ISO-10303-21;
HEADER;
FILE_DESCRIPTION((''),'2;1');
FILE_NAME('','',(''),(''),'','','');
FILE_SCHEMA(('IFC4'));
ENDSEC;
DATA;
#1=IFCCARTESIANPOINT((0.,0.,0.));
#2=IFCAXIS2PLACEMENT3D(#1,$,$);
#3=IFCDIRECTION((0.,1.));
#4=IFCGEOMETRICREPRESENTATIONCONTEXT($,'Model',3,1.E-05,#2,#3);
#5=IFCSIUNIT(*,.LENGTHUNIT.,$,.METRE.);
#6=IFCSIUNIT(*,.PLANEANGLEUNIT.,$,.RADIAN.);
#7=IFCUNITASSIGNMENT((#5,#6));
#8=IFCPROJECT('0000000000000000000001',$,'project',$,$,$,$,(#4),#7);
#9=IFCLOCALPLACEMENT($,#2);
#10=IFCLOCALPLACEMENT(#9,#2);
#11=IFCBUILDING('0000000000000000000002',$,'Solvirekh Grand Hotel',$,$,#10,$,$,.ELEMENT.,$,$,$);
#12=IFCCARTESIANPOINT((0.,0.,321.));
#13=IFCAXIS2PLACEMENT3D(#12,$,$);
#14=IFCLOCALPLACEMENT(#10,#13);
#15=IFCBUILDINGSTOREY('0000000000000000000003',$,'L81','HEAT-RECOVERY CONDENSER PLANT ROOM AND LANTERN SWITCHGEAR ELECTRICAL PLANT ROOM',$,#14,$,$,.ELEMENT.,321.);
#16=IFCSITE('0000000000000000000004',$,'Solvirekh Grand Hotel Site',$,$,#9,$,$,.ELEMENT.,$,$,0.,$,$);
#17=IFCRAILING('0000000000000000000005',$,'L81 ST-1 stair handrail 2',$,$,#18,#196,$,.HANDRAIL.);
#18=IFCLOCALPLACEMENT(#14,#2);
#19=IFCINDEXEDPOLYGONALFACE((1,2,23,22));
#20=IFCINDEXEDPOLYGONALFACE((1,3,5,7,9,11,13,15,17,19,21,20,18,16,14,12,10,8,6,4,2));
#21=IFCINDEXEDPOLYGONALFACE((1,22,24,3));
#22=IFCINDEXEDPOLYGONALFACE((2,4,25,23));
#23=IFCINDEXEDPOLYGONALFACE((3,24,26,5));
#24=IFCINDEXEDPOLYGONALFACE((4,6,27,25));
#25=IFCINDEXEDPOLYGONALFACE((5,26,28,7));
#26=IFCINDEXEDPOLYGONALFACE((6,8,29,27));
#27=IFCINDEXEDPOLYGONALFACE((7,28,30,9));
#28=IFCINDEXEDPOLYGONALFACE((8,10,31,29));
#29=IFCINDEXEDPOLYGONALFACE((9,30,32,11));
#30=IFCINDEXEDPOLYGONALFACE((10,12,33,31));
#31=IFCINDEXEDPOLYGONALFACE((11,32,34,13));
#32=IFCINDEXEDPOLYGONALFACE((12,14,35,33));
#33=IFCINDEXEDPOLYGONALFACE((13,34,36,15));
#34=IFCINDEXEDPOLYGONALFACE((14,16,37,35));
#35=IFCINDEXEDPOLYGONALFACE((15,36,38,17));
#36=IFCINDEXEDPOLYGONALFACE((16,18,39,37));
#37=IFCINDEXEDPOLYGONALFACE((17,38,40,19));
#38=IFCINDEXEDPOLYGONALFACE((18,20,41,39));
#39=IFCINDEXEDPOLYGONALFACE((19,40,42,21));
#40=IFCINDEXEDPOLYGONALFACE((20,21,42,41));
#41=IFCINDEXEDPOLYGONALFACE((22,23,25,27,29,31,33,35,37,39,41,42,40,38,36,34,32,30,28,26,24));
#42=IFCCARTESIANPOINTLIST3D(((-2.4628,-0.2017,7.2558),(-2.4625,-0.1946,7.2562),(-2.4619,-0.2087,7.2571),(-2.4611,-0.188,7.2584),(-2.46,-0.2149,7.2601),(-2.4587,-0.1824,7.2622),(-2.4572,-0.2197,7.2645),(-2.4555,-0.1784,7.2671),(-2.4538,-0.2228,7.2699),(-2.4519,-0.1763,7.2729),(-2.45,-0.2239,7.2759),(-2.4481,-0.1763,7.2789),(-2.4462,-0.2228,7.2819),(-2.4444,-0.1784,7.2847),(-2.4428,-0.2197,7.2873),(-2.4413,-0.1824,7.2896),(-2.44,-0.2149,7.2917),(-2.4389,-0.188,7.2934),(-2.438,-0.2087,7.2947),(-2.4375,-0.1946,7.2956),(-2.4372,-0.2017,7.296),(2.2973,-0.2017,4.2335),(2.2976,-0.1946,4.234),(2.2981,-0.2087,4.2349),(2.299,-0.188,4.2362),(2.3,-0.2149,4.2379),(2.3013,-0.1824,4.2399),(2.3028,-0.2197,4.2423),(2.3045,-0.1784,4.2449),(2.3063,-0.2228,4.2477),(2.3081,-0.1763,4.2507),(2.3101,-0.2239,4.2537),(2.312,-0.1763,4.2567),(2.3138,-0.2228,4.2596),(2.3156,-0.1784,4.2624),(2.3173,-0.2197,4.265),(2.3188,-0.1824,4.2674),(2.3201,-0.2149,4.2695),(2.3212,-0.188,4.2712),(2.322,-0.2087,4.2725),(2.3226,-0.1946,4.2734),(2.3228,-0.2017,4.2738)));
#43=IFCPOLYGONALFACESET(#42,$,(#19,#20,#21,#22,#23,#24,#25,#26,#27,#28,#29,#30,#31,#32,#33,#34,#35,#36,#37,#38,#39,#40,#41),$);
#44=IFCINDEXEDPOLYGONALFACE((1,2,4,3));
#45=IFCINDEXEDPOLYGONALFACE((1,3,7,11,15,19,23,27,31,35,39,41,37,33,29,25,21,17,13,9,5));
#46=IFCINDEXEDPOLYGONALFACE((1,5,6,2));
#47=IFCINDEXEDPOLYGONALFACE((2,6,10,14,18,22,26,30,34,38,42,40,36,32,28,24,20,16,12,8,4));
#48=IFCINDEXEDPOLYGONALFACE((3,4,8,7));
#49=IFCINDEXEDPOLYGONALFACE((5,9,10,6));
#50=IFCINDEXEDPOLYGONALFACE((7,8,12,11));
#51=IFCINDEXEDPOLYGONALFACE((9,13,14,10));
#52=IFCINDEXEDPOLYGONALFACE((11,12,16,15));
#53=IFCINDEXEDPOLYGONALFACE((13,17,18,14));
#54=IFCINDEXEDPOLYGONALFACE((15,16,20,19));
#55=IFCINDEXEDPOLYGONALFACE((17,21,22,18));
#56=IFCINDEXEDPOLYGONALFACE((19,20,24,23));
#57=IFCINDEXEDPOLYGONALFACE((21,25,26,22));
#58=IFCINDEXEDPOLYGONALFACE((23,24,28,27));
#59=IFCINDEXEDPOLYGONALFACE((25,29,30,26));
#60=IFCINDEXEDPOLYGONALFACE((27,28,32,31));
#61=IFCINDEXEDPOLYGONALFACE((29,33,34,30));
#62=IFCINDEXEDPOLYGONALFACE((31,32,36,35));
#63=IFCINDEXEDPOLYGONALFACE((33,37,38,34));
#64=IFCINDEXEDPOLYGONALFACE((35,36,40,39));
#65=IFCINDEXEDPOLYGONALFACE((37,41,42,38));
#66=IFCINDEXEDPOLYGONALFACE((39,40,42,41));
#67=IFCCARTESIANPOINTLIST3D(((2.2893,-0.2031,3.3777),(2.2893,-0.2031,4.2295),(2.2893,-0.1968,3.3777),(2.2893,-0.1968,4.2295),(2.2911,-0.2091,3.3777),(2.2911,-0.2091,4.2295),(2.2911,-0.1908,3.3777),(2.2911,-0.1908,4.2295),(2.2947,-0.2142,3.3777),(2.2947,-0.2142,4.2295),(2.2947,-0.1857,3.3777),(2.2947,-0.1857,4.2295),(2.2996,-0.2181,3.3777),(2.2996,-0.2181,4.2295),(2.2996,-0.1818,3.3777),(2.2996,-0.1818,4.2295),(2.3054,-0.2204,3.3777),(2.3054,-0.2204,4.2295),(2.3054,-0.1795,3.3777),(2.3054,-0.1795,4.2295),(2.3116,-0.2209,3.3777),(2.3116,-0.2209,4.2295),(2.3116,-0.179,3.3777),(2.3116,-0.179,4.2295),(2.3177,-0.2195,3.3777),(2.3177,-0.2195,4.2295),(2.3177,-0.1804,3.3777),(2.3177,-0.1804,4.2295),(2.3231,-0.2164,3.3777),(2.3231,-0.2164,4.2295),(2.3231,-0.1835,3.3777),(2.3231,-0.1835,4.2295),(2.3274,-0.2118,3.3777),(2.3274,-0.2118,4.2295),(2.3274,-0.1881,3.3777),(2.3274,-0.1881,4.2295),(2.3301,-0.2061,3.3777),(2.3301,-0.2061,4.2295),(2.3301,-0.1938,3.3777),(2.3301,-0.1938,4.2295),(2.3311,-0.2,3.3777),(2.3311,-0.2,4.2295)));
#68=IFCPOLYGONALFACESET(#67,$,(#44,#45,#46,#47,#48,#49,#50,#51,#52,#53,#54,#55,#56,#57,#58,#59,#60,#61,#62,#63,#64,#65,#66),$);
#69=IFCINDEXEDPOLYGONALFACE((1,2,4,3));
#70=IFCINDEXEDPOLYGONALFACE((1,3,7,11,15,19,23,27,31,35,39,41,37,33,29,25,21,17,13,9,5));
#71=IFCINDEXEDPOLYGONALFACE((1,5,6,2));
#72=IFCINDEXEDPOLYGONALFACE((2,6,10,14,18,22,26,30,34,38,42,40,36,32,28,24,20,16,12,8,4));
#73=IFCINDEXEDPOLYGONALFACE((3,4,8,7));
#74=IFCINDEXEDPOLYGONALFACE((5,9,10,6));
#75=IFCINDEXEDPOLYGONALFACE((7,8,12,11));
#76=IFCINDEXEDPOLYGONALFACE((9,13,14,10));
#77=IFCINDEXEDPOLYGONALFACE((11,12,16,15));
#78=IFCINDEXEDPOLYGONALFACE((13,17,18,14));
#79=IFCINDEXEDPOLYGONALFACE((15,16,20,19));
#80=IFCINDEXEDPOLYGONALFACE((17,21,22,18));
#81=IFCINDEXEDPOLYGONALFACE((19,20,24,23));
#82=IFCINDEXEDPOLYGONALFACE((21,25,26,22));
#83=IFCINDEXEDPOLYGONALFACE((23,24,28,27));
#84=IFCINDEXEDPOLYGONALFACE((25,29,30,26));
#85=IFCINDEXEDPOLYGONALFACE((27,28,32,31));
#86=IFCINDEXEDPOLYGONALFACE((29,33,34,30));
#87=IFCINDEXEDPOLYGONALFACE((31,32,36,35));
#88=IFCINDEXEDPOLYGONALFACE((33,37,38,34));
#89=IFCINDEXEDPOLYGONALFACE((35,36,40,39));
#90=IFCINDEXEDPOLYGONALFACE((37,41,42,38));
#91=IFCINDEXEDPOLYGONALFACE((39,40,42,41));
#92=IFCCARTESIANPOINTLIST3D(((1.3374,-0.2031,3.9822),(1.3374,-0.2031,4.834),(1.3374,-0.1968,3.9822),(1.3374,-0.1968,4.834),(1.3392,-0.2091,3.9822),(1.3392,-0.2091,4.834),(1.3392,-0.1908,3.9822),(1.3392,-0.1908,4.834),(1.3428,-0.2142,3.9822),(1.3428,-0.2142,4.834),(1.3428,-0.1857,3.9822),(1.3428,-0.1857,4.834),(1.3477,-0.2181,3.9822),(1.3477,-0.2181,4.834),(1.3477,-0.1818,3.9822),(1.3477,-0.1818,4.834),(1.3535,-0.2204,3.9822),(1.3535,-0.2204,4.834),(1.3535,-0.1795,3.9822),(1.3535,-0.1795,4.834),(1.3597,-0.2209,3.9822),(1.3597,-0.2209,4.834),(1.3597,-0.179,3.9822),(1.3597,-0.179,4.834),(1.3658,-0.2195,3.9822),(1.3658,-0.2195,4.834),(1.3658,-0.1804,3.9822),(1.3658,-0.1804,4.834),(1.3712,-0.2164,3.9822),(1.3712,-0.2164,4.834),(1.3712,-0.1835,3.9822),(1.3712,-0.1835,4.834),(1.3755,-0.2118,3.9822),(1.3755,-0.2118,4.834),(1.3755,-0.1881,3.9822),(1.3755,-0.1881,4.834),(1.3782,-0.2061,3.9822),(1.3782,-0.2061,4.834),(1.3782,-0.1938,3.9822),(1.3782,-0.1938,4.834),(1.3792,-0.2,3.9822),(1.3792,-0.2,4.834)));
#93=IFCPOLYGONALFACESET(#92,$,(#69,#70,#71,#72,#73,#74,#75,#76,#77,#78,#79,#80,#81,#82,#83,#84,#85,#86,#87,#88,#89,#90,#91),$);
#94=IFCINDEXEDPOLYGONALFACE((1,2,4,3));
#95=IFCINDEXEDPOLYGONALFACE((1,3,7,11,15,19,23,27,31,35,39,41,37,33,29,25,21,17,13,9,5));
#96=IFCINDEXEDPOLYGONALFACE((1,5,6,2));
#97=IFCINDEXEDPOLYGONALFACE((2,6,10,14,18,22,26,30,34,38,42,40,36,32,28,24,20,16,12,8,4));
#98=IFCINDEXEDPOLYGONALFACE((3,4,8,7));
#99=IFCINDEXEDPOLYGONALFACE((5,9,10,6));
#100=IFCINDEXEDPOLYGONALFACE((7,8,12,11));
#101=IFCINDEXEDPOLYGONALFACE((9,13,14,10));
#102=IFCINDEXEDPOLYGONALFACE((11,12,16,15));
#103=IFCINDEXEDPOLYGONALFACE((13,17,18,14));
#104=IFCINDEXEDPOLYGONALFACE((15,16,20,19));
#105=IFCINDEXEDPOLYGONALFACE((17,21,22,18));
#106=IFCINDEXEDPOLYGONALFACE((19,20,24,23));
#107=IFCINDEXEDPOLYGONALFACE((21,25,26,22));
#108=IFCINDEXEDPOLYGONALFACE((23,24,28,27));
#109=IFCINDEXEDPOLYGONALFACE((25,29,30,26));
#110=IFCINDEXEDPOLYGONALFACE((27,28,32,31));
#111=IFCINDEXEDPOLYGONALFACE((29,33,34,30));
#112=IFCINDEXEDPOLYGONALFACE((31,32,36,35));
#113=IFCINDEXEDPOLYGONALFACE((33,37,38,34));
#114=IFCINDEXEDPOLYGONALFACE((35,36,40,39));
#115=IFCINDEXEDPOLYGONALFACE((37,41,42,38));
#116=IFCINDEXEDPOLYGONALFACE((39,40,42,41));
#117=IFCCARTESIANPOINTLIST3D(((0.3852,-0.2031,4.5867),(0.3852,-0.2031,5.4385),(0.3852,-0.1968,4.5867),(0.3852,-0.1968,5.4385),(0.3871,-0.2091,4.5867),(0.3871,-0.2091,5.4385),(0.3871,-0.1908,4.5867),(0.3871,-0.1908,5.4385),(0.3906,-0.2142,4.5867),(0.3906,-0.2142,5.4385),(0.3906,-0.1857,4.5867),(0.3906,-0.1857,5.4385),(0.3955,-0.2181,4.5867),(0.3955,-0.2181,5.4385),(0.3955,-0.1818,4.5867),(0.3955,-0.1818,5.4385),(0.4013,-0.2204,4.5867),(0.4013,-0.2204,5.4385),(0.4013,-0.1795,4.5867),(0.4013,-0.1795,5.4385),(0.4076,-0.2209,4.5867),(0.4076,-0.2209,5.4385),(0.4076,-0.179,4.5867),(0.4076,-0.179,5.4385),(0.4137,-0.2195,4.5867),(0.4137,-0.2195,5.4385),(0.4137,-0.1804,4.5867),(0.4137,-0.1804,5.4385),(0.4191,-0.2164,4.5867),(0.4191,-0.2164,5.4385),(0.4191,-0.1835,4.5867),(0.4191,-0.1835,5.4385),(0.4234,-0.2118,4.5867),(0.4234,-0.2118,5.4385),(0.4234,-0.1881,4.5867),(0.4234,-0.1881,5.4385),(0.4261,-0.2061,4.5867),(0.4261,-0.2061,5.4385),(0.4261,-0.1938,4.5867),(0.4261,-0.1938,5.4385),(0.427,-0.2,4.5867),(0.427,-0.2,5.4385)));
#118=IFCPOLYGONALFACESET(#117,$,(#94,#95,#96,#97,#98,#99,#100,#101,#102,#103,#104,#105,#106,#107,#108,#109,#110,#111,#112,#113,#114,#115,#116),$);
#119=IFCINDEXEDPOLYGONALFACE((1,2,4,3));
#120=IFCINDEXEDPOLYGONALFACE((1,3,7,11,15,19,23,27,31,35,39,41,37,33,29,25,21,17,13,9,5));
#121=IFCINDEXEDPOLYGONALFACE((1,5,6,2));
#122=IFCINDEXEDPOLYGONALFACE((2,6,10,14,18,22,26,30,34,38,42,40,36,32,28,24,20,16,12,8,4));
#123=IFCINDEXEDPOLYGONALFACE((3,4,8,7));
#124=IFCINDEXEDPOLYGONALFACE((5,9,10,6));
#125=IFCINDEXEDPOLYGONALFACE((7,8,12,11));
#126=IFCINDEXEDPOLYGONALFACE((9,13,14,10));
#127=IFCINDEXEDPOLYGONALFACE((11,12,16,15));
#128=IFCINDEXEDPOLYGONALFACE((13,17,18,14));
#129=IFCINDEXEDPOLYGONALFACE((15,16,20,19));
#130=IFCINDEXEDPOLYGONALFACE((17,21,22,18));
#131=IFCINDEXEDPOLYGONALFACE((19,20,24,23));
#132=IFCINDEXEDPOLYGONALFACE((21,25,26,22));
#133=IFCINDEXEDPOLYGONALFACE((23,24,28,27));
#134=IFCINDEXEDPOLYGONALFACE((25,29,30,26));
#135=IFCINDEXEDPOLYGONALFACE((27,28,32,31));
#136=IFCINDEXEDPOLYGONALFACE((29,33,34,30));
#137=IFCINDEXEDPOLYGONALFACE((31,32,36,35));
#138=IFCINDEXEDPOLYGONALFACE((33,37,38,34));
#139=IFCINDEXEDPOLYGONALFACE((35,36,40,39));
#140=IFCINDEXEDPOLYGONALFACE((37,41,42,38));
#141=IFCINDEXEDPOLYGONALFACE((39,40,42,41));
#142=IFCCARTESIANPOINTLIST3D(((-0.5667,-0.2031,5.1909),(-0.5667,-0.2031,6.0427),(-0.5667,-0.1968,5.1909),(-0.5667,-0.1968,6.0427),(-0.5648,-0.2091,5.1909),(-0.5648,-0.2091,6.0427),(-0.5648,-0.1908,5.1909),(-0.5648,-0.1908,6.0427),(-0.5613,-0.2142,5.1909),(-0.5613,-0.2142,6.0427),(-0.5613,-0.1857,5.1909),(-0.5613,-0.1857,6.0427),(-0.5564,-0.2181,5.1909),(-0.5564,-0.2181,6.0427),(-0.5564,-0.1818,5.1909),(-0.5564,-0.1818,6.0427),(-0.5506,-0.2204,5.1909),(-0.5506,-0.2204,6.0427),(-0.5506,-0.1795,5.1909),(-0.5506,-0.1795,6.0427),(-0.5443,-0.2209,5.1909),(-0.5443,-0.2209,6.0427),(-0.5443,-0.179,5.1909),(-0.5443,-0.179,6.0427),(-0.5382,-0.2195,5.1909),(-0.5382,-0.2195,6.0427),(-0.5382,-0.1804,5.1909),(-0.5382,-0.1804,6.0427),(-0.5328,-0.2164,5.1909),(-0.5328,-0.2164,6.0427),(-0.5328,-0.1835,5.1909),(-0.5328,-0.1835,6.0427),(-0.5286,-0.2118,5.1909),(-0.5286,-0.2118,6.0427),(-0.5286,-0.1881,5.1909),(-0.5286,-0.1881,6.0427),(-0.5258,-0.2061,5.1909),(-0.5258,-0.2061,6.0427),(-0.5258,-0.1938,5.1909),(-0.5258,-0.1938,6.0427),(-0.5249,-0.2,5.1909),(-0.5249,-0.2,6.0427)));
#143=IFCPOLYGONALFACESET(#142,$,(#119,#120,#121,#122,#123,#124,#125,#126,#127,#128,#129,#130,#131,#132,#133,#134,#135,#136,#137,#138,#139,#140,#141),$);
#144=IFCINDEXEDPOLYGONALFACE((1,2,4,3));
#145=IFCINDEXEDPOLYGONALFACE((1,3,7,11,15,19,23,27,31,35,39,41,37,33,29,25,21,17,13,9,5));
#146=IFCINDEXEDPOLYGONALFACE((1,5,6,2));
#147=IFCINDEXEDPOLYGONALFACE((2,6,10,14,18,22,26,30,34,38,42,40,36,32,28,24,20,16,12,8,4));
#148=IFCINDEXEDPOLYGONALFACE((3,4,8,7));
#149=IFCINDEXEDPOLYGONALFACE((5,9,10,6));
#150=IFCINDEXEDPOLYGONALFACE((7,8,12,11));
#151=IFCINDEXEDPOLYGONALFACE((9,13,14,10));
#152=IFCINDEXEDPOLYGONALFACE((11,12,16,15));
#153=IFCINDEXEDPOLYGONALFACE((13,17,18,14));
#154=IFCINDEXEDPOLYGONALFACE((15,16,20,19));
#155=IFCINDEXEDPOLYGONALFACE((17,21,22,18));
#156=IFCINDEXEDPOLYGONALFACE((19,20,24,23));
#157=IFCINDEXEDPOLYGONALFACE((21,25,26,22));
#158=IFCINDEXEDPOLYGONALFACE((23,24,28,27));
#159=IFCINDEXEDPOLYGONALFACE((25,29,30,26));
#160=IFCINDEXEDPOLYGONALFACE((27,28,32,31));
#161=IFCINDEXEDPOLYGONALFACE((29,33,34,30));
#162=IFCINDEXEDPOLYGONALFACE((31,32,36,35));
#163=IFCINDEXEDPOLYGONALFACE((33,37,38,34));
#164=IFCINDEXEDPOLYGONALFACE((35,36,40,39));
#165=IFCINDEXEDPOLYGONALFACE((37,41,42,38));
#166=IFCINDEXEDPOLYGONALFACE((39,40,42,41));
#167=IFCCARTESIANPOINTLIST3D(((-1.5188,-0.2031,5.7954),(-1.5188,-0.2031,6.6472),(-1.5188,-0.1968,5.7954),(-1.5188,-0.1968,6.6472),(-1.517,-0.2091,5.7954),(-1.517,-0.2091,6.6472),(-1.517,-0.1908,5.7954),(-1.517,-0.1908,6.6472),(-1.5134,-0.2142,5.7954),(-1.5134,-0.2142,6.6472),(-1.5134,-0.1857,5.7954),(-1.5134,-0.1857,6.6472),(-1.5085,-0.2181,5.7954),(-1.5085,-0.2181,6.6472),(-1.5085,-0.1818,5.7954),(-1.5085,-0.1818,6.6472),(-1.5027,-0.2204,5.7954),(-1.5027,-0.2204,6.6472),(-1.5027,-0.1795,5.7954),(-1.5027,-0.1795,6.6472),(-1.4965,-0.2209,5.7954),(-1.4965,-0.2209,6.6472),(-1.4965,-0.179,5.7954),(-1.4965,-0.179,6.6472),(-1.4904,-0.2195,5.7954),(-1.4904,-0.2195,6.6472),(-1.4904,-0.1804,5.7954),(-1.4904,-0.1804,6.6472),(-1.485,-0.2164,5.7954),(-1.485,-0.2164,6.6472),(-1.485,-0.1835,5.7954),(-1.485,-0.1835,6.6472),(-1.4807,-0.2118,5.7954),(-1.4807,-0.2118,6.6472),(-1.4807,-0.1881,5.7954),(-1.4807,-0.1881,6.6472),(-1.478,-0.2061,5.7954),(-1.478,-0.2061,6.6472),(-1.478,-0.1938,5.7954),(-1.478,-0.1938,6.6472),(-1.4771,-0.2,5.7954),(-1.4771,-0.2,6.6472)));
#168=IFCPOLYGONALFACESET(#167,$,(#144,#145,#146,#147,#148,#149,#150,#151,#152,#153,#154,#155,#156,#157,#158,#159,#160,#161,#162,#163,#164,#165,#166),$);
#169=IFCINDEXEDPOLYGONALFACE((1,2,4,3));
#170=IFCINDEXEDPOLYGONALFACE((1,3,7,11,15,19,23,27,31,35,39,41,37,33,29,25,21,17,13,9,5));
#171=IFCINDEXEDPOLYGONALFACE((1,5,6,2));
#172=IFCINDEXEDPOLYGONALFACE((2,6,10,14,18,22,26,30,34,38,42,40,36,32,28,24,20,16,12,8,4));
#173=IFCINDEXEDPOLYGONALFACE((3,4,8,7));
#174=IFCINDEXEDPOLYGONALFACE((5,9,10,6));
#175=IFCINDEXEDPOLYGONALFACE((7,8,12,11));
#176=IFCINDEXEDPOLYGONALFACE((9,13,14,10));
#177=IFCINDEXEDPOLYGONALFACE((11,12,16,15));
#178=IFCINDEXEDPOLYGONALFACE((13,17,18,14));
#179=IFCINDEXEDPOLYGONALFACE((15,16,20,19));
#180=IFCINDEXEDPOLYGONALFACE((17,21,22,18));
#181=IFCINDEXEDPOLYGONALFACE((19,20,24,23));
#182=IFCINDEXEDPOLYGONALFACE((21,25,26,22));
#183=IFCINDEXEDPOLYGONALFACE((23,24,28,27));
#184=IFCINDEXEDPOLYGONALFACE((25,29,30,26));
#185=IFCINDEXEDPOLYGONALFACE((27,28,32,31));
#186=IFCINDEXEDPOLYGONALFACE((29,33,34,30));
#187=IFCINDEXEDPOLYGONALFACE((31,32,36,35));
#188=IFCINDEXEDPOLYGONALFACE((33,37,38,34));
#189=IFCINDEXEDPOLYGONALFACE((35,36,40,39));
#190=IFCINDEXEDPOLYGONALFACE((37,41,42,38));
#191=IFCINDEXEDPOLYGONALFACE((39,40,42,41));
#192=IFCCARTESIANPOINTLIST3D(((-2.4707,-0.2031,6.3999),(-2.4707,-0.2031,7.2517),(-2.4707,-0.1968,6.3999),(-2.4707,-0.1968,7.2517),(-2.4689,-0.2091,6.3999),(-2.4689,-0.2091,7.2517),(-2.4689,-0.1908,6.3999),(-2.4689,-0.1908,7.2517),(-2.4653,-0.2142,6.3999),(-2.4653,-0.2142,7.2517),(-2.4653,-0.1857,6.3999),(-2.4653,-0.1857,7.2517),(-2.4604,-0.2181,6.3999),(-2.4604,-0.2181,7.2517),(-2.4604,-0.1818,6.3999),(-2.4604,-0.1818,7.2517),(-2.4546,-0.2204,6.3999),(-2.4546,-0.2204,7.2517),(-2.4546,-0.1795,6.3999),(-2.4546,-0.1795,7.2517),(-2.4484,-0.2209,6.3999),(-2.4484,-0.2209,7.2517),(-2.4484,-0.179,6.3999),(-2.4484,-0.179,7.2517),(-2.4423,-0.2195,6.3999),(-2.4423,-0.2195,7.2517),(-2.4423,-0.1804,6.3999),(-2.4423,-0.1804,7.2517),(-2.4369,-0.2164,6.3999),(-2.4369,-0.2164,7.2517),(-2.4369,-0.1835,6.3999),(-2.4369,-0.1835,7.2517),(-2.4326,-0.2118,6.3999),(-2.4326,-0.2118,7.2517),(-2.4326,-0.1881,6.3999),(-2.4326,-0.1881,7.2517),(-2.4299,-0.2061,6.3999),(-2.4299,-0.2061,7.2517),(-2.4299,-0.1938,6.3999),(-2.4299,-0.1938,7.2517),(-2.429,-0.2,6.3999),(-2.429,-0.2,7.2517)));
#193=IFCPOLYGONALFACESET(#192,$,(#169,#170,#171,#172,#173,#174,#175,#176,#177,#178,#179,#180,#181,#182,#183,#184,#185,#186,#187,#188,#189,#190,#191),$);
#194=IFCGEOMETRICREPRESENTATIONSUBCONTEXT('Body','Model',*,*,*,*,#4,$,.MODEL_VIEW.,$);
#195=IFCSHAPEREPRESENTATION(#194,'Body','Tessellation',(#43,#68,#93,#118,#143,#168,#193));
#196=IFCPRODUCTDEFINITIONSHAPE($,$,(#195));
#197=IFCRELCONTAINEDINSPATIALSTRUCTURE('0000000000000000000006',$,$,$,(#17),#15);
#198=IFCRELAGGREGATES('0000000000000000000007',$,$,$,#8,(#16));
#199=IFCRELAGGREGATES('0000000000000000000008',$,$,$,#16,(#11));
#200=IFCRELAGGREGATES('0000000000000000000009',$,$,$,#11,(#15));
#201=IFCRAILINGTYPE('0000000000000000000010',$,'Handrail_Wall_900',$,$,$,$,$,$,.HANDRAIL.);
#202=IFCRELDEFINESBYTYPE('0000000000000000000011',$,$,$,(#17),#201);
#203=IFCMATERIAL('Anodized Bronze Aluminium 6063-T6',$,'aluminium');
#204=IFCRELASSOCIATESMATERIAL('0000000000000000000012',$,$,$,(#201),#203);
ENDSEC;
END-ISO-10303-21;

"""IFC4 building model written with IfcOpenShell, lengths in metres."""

from ifc_helpers import new_model, si_unit, direction, frame, origin, origin_2d, place, context, subcontext, project, spatial, circle, extrude, material, type_object, element, save


model = new_model("IFC4")

# Units and contexts
model_context = context("Model", 3, precision=1e-05, world=origin(), true_north=direction((0.0, 1.0)))
body_context = subcontext(model_context, "Body", "Model", "MODEL_VIEW")
ifc_project = project(units=[si_unit("LENGTHUNIT", "METRE"), si_unit("PLANEANGLEUNIT", "RADIAN")], contexts=[model_context])

# Site, building, storey
site_placement = place(None, origin())
site = spatial("IfcSite", under=ifc_project, at=site_placement, Name="Solvirekh Grand Hotel Site", CompositionType="ELEMENT", RefElevation=0.0)
building_placement = place(site_placement, origin())
building = spatial("IfcBuilding", under=site, at=building_placement, Name="Solvirekh Grand Hotel", CompositionType="ELEMENT")
storey_placement = place(building_placement, frame((0.0, 0.0, 321.0)))
storey = spatial("IfcBuildingStorey", under=building, at=storey_placement, Name="L81", Description="HEAT-RECOVERY CONDENSER PLANT ROOM AND LANTERN SWITCHGEAR ELECTRICAL PLANT ROOM", CompositionType="ELEMENT", Elevation=321.0)

# Shared definitions
ifc_material_1 = material(Name="Anodized Bronze Aluminium 6063-T6", Category="aluminium")

# Railing
railing_type_1 = type_object("IfcRailingType", Name="Handrail_Wall_900", PredefinedType="HANDRAIL", material=ifc_material_1)
railing_1_placement = place(storey_placement, frame((2.3101, -0.2, 3.3777)))
element("IfcRailing", 1, at=railing_1_placement, inside=storey, type_object=railing_type_1, Name="L81 ST-1 stair handrail 2", PredefinedType="HANDRAIL", context=body_context, shape_type="SweptSolid", body=[
    extrude(circle(Radius=0.0239, at=origin_2d()), frame((0.0, 0.0, 0.876), z_axis=(-0.844214, 0.0, 0.536007), x_axis=(0.0, -1.0, 0.0)), (0.0, 0.0, 1.0), 5.6384),
    extrude(circle(Radius=0.021, at=origin_2d()), origin(), (0.0, 0.0, 1.0), 0.8518),
    extrude(circle(Radius=0.021, at=origin_2d()), frame((-0.9519, 0.0, 0.6045)), (0.0, 0.0, 1.0), 0.8518),
    extrude(circle(Radius=0.021, at=origin_2d()), frame((-1.9041, 0.0, 1.209)), (0.0, 0.0, 1.0), 0.8518),
    extrude(circle(Radius=0.021, at=origin_2d()), frame((-2.856, 0.0, 1.8132)), (0.0, 0.0, 1.0), 0.8518),
    extrude(circle(Radius=0.021, at=origin_2d()), frame((-3.8081, 0.0, 2.4177)), (0.0, 0.0, 1.0), 0.8518),
    extrude(circle(Radius=0.021, at=origin_2d()), frame((-4.76, 0.0, 3.0222)), (0.0, 0.0, 1.0), 0.8518),
])

save(model, "model.ifc")
